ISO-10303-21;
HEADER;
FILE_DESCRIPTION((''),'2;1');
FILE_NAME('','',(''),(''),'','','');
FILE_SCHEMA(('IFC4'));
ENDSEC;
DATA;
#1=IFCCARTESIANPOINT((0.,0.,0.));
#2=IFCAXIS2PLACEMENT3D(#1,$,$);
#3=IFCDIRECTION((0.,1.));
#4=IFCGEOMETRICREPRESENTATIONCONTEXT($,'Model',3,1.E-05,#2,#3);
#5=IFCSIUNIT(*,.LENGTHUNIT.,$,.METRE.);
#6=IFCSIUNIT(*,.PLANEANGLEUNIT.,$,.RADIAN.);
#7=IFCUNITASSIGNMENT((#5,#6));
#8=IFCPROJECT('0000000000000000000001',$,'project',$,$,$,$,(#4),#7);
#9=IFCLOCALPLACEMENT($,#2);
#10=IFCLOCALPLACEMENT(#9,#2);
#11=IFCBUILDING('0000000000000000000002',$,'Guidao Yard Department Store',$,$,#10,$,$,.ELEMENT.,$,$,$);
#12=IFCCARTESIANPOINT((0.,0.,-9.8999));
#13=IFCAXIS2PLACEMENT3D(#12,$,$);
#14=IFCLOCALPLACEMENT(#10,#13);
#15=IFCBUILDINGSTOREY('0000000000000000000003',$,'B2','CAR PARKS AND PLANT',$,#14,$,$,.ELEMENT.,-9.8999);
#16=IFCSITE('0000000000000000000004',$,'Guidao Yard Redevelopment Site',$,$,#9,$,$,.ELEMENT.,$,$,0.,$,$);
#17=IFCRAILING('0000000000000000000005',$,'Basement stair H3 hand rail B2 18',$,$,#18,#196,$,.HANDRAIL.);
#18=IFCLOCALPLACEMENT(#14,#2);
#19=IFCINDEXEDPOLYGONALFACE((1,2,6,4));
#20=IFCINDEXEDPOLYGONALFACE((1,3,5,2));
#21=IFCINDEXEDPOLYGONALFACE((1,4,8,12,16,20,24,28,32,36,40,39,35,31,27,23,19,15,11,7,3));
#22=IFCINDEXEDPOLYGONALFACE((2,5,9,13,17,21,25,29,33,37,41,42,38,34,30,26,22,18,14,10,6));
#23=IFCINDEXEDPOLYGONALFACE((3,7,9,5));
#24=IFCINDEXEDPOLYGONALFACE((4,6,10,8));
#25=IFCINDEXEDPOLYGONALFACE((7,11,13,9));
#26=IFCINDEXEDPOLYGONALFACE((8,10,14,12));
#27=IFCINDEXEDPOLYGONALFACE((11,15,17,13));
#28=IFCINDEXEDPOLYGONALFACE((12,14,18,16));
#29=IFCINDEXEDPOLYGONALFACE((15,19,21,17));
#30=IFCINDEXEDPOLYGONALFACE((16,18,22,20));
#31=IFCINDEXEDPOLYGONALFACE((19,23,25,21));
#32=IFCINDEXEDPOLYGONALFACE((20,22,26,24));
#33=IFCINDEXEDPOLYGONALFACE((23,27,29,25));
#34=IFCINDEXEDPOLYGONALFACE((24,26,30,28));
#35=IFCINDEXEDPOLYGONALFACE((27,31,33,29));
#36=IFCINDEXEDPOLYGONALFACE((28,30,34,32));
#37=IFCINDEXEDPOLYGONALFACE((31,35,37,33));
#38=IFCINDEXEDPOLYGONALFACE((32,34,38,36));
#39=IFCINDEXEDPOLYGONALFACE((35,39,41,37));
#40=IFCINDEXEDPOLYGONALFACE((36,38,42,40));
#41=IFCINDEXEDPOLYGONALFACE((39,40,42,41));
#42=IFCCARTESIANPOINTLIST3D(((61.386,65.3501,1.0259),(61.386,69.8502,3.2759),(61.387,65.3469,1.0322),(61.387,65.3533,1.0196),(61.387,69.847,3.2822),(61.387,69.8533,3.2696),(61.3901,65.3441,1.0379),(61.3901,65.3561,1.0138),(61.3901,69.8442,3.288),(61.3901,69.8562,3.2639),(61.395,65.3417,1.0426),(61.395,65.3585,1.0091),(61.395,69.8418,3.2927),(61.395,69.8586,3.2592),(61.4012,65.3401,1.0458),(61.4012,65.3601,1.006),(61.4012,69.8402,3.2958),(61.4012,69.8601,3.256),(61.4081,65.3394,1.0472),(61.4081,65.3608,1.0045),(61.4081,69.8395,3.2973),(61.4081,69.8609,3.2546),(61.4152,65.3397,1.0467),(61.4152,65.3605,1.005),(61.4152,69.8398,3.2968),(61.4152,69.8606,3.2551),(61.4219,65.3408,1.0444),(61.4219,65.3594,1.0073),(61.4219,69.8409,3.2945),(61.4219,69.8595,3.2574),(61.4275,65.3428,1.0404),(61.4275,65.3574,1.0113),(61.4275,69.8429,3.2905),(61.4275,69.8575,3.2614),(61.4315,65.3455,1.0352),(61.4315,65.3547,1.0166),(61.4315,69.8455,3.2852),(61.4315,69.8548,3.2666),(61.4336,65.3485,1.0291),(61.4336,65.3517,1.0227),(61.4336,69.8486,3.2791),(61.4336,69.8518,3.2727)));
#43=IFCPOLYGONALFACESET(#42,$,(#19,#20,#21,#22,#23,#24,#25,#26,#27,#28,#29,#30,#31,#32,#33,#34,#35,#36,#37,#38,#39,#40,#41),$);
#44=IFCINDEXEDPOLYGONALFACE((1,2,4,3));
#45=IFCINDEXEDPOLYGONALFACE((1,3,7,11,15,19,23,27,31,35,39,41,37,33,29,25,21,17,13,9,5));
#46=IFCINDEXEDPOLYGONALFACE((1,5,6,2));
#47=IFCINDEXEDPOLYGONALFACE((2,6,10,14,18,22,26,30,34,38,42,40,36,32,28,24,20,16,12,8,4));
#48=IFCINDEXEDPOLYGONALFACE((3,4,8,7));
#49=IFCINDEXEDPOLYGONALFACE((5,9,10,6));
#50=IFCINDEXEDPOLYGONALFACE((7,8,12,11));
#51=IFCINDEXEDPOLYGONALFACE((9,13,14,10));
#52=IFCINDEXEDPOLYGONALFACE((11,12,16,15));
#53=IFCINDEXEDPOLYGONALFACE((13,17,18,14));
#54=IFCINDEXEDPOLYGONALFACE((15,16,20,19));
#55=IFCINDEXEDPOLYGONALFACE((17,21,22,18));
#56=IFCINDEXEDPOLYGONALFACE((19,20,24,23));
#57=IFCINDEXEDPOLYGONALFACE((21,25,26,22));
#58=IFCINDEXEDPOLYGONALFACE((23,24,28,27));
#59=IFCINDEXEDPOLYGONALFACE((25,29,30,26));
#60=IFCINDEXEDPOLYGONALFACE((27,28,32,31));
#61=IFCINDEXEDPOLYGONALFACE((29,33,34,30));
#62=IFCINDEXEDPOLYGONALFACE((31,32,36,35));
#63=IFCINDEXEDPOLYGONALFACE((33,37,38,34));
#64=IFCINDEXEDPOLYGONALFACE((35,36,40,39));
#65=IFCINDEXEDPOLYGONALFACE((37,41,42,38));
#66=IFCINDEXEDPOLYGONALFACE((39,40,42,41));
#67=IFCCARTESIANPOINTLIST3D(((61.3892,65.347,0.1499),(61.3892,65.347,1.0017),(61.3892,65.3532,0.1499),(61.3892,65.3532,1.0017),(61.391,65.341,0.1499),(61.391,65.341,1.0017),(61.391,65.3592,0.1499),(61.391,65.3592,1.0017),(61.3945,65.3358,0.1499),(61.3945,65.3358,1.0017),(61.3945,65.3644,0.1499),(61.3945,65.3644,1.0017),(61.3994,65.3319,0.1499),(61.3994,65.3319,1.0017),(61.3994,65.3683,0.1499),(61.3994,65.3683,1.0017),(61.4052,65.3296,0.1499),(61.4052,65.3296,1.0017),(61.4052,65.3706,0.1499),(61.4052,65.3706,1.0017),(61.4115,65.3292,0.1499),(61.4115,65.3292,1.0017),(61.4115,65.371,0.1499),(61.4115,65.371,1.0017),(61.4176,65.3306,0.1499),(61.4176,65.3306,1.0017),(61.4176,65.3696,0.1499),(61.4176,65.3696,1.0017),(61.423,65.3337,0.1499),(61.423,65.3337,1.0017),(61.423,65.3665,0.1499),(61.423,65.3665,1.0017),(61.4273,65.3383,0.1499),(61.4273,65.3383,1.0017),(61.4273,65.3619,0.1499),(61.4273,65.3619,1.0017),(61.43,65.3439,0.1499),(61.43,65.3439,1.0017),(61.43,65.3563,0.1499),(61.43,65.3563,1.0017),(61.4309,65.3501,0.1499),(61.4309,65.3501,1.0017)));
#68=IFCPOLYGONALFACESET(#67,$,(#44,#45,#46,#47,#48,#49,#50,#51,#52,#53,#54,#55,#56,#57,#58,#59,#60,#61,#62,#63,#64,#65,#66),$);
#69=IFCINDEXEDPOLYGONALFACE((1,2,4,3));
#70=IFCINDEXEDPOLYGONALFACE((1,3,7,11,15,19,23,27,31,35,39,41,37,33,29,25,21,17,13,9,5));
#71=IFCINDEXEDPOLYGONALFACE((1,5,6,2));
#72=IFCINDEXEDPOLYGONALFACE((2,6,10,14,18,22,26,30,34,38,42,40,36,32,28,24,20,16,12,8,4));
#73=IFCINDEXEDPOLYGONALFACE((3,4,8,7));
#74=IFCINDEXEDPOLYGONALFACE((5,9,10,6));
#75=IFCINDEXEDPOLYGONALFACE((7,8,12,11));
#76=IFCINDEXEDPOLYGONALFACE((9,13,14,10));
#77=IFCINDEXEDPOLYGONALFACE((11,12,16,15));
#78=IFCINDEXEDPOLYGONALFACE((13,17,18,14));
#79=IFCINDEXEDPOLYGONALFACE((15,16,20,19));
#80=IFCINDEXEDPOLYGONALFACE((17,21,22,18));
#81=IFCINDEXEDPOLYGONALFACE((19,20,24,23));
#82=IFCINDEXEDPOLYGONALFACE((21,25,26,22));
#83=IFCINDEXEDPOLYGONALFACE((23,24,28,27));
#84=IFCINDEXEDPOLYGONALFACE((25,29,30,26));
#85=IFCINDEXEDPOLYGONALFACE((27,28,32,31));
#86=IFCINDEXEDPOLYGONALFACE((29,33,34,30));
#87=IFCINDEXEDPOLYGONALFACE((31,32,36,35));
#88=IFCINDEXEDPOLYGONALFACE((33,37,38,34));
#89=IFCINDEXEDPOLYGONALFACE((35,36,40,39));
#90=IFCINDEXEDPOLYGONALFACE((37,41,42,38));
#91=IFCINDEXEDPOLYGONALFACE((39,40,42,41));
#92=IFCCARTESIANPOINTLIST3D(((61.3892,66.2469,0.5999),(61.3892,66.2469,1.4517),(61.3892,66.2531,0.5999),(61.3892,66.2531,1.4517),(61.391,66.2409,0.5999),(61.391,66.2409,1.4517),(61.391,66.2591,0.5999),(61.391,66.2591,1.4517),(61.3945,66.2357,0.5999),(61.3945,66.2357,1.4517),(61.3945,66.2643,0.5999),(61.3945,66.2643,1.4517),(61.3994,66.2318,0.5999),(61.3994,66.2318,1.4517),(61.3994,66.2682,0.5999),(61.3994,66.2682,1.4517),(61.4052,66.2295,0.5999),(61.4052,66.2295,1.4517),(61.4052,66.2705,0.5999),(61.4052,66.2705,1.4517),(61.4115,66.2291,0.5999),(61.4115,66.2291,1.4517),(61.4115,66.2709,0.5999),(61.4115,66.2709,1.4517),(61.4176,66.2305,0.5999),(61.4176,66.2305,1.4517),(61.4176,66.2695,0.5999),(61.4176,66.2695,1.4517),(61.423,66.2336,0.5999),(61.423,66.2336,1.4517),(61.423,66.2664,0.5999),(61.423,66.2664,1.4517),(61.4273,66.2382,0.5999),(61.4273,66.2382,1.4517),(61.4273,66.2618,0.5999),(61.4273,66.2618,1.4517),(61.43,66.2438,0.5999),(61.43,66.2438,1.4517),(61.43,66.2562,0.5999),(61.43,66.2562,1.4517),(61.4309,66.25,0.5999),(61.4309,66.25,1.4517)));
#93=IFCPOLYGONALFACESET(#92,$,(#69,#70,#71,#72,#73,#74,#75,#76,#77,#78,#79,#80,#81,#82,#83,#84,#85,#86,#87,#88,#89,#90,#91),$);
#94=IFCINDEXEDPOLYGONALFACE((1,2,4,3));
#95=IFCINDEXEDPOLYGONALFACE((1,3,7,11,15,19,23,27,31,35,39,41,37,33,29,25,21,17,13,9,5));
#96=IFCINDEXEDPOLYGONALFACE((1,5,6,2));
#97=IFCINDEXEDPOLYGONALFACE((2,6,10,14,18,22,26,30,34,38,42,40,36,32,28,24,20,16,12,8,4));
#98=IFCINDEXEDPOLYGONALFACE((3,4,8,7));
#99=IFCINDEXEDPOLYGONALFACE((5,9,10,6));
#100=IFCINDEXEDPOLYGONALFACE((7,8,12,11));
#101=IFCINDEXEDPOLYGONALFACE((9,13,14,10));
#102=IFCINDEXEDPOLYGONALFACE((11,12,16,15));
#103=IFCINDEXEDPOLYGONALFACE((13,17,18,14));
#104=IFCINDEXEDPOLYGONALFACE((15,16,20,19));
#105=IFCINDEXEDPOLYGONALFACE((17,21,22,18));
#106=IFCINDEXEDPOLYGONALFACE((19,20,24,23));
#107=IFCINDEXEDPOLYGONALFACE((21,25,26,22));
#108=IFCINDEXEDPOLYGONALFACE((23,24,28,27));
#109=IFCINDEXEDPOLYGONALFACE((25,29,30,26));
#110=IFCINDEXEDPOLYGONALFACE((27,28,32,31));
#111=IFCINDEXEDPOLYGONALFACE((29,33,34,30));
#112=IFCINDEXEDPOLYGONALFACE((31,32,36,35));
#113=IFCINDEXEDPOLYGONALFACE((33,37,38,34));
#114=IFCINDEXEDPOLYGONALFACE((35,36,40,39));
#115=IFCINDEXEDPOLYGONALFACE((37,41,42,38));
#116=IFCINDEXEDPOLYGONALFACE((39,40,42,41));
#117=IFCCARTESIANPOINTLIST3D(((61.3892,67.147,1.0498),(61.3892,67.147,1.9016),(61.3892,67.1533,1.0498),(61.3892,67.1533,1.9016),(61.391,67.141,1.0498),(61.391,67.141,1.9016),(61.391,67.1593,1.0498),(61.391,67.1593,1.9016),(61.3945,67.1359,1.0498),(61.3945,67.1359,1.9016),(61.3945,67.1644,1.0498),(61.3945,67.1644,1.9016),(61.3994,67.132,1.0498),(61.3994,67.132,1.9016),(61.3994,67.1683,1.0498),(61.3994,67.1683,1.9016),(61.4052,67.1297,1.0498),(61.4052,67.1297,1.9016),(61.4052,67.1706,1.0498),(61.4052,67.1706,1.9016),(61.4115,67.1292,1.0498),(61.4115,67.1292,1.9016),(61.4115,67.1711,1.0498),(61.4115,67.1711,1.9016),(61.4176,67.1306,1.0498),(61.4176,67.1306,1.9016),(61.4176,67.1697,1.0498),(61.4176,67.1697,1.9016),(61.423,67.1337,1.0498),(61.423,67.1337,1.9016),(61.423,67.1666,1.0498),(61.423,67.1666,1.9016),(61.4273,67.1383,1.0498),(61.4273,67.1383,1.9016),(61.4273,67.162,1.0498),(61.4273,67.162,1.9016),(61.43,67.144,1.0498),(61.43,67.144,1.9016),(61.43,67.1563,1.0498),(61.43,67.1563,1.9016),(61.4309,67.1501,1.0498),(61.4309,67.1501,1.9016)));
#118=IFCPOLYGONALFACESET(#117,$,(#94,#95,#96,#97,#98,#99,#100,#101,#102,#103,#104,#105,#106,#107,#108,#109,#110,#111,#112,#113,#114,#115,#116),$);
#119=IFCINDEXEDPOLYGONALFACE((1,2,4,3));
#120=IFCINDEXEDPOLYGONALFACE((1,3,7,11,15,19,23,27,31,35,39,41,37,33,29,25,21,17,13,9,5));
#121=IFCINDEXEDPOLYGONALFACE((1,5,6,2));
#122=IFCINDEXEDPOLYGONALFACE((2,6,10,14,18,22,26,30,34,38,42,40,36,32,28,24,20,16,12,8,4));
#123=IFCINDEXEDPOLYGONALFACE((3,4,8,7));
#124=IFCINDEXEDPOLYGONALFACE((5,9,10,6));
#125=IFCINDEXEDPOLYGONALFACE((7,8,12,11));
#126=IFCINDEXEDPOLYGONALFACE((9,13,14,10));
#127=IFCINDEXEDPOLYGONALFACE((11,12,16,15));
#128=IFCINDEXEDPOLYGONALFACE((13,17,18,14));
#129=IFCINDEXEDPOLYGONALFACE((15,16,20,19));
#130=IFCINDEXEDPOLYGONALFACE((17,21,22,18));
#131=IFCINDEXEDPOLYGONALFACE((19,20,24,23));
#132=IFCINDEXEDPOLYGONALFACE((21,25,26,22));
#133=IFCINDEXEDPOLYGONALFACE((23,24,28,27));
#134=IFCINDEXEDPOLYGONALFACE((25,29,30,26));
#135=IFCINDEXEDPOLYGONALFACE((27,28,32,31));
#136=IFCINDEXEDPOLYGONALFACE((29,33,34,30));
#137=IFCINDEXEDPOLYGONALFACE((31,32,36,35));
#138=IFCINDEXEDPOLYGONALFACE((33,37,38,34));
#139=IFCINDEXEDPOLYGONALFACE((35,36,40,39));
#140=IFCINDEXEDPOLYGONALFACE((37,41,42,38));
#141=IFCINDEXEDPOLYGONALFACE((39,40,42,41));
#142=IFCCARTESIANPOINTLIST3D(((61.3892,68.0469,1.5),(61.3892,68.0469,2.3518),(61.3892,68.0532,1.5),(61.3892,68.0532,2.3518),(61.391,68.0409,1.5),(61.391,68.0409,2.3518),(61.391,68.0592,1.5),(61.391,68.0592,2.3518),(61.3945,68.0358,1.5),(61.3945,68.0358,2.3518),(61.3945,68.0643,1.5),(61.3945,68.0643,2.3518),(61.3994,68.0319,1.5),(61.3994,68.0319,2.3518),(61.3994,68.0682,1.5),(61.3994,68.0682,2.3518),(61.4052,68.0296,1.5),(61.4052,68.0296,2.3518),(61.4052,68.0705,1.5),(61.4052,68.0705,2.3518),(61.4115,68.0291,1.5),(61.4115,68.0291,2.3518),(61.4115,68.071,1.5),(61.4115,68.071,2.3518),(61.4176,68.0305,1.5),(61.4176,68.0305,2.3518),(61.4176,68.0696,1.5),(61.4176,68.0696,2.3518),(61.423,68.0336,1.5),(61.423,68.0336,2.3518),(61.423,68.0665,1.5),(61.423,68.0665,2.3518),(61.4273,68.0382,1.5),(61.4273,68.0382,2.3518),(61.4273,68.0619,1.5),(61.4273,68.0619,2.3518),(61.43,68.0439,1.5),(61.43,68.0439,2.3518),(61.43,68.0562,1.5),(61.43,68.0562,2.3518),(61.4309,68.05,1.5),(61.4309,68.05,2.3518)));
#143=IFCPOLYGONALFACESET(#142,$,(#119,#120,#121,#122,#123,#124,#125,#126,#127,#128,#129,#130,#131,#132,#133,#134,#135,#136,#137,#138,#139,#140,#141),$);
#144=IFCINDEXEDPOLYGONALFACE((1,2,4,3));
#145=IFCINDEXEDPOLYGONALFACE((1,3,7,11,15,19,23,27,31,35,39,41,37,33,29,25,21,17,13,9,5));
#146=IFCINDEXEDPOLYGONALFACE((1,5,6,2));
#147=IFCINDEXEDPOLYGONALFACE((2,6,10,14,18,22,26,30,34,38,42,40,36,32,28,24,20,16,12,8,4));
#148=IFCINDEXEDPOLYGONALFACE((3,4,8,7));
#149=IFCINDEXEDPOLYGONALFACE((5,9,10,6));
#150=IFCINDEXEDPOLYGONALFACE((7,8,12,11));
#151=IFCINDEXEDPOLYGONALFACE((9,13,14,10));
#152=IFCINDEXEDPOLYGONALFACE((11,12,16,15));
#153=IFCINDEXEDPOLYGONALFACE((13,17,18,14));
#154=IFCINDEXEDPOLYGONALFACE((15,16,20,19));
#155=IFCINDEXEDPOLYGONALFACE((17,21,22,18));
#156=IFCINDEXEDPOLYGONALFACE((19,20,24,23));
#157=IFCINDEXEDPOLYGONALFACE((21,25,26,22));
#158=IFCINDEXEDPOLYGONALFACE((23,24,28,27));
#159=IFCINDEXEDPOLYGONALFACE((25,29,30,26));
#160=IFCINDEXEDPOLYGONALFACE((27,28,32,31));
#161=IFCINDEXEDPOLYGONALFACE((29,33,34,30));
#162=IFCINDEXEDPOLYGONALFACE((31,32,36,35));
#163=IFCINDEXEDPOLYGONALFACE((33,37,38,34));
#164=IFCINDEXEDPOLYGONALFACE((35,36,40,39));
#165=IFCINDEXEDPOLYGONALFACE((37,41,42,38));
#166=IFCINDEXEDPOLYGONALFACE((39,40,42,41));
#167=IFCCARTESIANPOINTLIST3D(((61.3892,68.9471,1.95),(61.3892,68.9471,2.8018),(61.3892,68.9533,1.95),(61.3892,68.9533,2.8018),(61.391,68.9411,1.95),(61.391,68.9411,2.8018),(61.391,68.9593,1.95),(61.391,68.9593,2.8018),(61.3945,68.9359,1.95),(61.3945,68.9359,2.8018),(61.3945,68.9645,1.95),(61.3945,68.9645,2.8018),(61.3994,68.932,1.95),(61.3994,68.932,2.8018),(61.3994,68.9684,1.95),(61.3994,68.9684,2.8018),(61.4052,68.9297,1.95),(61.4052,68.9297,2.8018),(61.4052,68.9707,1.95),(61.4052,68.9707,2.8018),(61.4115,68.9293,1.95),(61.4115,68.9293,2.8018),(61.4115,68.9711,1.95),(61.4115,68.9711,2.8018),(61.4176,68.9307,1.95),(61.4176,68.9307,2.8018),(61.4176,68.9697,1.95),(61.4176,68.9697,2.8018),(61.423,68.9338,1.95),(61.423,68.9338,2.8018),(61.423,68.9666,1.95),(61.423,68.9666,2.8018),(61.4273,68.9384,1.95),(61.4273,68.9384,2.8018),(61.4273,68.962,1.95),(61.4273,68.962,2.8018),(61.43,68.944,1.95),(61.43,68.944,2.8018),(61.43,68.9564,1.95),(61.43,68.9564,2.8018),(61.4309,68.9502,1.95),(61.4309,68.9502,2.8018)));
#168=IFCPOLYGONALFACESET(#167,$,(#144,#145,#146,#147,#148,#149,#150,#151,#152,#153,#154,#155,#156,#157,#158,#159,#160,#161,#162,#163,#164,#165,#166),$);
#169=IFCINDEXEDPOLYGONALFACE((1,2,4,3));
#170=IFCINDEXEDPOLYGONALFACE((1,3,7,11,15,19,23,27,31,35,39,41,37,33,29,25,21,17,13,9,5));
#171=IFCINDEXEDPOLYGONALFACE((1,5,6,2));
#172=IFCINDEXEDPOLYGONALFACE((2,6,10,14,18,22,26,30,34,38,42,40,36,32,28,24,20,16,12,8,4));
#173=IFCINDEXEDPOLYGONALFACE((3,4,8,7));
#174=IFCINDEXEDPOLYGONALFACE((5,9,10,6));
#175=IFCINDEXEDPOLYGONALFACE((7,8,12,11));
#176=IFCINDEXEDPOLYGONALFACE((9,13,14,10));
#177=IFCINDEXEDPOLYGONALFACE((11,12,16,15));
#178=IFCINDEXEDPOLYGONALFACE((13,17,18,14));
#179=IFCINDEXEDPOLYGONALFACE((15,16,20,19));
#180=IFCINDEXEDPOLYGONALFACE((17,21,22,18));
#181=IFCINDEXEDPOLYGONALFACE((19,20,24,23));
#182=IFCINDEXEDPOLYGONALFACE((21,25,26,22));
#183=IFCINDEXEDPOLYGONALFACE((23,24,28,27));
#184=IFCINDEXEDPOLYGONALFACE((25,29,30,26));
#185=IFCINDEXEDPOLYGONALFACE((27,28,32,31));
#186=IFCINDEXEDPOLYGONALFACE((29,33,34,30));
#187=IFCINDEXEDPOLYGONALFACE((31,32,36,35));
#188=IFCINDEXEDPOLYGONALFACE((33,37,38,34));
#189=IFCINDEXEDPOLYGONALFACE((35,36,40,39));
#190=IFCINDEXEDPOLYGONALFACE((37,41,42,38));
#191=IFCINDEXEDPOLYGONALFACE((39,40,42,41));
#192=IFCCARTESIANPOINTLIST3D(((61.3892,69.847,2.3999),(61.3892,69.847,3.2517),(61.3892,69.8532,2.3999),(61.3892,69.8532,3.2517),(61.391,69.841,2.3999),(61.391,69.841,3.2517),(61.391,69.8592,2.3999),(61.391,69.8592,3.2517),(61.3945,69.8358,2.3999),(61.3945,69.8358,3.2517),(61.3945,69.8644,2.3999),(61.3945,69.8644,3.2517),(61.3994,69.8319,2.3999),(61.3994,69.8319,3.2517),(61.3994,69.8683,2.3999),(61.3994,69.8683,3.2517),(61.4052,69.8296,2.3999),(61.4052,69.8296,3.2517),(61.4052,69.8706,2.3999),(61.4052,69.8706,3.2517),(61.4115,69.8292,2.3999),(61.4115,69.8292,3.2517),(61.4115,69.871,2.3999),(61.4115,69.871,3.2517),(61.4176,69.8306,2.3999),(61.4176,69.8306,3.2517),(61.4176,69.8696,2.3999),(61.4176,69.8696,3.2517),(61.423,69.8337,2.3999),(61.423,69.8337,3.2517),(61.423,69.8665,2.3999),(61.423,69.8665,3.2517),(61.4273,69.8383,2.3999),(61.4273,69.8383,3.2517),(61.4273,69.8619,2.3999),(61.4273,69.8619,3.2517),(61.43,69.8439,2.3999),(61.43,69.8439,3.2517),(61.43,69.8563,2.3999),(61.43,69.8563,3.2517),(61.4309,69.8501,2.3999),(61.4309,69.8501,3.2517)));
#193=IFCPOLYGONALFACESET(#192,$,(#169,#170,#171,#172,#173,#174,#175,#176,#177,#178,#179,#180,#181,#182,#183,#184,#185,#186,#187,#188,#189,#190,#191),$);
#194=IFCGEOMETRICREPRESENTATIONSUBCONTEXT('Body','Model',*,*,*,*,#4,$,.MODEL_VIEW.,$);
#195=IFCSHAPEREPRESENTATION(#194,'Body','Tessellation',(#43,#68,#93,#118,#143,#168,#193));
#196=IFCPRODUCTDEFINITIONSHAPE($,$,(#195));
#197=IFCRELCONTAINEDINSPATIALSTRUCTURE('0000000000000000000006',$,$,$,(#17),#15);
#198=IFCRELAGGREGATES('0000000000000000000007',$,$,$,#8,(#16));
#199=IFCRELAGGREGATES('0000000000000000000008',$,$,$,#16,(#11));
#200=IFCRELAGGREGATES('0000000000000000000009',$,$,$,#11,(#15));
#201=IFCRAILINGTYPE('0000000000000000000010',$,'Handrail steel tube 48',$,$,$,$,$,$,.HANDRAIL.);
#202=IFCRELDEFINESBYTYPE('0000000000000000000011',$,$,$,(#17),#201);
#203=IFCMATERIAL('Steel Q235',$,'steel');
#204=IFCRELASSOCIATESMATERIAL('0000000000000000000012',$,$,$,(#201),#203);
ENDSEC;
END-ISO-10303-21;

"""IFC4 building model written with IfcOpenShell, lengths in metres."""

from ifc_helpers import new_model, si_unit, direction, frame, origin, origin_2d, place, context, subcontext, project, spatial, circle, extrude, material, type_object, element, save


model = new_model("IFC4")

# Units and contexts
model_context = context("Model", 3, precision=1e-05, world=origin(), true_north=direction((0.0, 1.0)))
body_context = subcontext(model_context, "Body", "Model", "MODEL_VIEW")
ifc_project = project(units=[si_unit("LENGTHUNIT", "METRE"), si_unit("PLANEANGLEUNIT", "RADIAN")], contexts=[model_context])

# Site, building, storey
site_placement = place(None, origin())
site = spatial("IfcSite", under=ifc_project, at=site_placement, Name="Guidao Yard Redevelopment Site", CompositionType="ELEMENT", RefElevation=0.0)
building_placement = place(site_placement, origin())
building = spatial("IfcBuilding", under=site, at=building_placement, Name="Guidao Yard Department Store", CompositionType="ELEMENT")
storey_placement = place(building_placement, frame((0.0, 0.0, -9.8999)))
storey = spatial("IfcBuildingStorey", under=building, at=storey_placement, Name="B2", Description="CAR PARKS AND PLANT", CompositionType="ELEMENT", Elevation=-9.8999)

# Railing
ifc_material_1 = material(Name="Steel Q235", Category="steel")
railing_type_1 = type_object("IfcRailingType", Name="Handrail steel tube 48", PredefinedType="HANDRAIL", material=ifc_material_1)
for number, where, name in (
    (1, (61.4099, 65.3501, 0.1499), "Basement stair H3 hand rail B2 18"),
):
    element("IfcRailing", number, at=place(storey_placement, frame(where)), inside=storey, type_object=railing_type_1, Name=name, PredefinedType="HANDRAIL", context=body_context, shape_type="SweptSolid", body=[
        extrude(circle(Radius=0.0239, at=origin_2d()), frame((0.0, 0.0, 0.876), z_axis=(0.0, 0.894427, 0.447214), x_axis=(-1.0, 0.0, 0.0)), (0.0, 0.0, 1.0), 5.0312),
        extrude(circle(Radius=0.021, at=origin_2d()), origin(), (0.0, 0.0, 1.0), 0.8518),
        extrude(circle(Radius=0.021, at=origin_2d()), frame((0.0, 0.8999, 0.45)), (0.0, 0.0, 1.0), 0.8518),
        extrude(circle(Radius=0.021, at=origin_2d()), frame((0.0, 1.8, 0.8999)), (0.0, 0.0, 1.0), 0.8518),
        extrude(circle(Radius=0.021, at=origin_2d()), frame((0.0, 2.7, 1.3501)), (0.0, 0.0, 1.0), 0.8518),
        extrude(circle(Radius=0.021, at=origin_2d()), frame((0.0, 3.6001, 1.8)), (0.0, 0.0, 1.0), 0.8518),
        extrude(circle(Radius=0.021, at=origin_2d()), frame((0.0, 4.5, 2.25)), (0.0, 0.0, 1.0), 0.8518),
    ])

save(model, "model.ifc")
